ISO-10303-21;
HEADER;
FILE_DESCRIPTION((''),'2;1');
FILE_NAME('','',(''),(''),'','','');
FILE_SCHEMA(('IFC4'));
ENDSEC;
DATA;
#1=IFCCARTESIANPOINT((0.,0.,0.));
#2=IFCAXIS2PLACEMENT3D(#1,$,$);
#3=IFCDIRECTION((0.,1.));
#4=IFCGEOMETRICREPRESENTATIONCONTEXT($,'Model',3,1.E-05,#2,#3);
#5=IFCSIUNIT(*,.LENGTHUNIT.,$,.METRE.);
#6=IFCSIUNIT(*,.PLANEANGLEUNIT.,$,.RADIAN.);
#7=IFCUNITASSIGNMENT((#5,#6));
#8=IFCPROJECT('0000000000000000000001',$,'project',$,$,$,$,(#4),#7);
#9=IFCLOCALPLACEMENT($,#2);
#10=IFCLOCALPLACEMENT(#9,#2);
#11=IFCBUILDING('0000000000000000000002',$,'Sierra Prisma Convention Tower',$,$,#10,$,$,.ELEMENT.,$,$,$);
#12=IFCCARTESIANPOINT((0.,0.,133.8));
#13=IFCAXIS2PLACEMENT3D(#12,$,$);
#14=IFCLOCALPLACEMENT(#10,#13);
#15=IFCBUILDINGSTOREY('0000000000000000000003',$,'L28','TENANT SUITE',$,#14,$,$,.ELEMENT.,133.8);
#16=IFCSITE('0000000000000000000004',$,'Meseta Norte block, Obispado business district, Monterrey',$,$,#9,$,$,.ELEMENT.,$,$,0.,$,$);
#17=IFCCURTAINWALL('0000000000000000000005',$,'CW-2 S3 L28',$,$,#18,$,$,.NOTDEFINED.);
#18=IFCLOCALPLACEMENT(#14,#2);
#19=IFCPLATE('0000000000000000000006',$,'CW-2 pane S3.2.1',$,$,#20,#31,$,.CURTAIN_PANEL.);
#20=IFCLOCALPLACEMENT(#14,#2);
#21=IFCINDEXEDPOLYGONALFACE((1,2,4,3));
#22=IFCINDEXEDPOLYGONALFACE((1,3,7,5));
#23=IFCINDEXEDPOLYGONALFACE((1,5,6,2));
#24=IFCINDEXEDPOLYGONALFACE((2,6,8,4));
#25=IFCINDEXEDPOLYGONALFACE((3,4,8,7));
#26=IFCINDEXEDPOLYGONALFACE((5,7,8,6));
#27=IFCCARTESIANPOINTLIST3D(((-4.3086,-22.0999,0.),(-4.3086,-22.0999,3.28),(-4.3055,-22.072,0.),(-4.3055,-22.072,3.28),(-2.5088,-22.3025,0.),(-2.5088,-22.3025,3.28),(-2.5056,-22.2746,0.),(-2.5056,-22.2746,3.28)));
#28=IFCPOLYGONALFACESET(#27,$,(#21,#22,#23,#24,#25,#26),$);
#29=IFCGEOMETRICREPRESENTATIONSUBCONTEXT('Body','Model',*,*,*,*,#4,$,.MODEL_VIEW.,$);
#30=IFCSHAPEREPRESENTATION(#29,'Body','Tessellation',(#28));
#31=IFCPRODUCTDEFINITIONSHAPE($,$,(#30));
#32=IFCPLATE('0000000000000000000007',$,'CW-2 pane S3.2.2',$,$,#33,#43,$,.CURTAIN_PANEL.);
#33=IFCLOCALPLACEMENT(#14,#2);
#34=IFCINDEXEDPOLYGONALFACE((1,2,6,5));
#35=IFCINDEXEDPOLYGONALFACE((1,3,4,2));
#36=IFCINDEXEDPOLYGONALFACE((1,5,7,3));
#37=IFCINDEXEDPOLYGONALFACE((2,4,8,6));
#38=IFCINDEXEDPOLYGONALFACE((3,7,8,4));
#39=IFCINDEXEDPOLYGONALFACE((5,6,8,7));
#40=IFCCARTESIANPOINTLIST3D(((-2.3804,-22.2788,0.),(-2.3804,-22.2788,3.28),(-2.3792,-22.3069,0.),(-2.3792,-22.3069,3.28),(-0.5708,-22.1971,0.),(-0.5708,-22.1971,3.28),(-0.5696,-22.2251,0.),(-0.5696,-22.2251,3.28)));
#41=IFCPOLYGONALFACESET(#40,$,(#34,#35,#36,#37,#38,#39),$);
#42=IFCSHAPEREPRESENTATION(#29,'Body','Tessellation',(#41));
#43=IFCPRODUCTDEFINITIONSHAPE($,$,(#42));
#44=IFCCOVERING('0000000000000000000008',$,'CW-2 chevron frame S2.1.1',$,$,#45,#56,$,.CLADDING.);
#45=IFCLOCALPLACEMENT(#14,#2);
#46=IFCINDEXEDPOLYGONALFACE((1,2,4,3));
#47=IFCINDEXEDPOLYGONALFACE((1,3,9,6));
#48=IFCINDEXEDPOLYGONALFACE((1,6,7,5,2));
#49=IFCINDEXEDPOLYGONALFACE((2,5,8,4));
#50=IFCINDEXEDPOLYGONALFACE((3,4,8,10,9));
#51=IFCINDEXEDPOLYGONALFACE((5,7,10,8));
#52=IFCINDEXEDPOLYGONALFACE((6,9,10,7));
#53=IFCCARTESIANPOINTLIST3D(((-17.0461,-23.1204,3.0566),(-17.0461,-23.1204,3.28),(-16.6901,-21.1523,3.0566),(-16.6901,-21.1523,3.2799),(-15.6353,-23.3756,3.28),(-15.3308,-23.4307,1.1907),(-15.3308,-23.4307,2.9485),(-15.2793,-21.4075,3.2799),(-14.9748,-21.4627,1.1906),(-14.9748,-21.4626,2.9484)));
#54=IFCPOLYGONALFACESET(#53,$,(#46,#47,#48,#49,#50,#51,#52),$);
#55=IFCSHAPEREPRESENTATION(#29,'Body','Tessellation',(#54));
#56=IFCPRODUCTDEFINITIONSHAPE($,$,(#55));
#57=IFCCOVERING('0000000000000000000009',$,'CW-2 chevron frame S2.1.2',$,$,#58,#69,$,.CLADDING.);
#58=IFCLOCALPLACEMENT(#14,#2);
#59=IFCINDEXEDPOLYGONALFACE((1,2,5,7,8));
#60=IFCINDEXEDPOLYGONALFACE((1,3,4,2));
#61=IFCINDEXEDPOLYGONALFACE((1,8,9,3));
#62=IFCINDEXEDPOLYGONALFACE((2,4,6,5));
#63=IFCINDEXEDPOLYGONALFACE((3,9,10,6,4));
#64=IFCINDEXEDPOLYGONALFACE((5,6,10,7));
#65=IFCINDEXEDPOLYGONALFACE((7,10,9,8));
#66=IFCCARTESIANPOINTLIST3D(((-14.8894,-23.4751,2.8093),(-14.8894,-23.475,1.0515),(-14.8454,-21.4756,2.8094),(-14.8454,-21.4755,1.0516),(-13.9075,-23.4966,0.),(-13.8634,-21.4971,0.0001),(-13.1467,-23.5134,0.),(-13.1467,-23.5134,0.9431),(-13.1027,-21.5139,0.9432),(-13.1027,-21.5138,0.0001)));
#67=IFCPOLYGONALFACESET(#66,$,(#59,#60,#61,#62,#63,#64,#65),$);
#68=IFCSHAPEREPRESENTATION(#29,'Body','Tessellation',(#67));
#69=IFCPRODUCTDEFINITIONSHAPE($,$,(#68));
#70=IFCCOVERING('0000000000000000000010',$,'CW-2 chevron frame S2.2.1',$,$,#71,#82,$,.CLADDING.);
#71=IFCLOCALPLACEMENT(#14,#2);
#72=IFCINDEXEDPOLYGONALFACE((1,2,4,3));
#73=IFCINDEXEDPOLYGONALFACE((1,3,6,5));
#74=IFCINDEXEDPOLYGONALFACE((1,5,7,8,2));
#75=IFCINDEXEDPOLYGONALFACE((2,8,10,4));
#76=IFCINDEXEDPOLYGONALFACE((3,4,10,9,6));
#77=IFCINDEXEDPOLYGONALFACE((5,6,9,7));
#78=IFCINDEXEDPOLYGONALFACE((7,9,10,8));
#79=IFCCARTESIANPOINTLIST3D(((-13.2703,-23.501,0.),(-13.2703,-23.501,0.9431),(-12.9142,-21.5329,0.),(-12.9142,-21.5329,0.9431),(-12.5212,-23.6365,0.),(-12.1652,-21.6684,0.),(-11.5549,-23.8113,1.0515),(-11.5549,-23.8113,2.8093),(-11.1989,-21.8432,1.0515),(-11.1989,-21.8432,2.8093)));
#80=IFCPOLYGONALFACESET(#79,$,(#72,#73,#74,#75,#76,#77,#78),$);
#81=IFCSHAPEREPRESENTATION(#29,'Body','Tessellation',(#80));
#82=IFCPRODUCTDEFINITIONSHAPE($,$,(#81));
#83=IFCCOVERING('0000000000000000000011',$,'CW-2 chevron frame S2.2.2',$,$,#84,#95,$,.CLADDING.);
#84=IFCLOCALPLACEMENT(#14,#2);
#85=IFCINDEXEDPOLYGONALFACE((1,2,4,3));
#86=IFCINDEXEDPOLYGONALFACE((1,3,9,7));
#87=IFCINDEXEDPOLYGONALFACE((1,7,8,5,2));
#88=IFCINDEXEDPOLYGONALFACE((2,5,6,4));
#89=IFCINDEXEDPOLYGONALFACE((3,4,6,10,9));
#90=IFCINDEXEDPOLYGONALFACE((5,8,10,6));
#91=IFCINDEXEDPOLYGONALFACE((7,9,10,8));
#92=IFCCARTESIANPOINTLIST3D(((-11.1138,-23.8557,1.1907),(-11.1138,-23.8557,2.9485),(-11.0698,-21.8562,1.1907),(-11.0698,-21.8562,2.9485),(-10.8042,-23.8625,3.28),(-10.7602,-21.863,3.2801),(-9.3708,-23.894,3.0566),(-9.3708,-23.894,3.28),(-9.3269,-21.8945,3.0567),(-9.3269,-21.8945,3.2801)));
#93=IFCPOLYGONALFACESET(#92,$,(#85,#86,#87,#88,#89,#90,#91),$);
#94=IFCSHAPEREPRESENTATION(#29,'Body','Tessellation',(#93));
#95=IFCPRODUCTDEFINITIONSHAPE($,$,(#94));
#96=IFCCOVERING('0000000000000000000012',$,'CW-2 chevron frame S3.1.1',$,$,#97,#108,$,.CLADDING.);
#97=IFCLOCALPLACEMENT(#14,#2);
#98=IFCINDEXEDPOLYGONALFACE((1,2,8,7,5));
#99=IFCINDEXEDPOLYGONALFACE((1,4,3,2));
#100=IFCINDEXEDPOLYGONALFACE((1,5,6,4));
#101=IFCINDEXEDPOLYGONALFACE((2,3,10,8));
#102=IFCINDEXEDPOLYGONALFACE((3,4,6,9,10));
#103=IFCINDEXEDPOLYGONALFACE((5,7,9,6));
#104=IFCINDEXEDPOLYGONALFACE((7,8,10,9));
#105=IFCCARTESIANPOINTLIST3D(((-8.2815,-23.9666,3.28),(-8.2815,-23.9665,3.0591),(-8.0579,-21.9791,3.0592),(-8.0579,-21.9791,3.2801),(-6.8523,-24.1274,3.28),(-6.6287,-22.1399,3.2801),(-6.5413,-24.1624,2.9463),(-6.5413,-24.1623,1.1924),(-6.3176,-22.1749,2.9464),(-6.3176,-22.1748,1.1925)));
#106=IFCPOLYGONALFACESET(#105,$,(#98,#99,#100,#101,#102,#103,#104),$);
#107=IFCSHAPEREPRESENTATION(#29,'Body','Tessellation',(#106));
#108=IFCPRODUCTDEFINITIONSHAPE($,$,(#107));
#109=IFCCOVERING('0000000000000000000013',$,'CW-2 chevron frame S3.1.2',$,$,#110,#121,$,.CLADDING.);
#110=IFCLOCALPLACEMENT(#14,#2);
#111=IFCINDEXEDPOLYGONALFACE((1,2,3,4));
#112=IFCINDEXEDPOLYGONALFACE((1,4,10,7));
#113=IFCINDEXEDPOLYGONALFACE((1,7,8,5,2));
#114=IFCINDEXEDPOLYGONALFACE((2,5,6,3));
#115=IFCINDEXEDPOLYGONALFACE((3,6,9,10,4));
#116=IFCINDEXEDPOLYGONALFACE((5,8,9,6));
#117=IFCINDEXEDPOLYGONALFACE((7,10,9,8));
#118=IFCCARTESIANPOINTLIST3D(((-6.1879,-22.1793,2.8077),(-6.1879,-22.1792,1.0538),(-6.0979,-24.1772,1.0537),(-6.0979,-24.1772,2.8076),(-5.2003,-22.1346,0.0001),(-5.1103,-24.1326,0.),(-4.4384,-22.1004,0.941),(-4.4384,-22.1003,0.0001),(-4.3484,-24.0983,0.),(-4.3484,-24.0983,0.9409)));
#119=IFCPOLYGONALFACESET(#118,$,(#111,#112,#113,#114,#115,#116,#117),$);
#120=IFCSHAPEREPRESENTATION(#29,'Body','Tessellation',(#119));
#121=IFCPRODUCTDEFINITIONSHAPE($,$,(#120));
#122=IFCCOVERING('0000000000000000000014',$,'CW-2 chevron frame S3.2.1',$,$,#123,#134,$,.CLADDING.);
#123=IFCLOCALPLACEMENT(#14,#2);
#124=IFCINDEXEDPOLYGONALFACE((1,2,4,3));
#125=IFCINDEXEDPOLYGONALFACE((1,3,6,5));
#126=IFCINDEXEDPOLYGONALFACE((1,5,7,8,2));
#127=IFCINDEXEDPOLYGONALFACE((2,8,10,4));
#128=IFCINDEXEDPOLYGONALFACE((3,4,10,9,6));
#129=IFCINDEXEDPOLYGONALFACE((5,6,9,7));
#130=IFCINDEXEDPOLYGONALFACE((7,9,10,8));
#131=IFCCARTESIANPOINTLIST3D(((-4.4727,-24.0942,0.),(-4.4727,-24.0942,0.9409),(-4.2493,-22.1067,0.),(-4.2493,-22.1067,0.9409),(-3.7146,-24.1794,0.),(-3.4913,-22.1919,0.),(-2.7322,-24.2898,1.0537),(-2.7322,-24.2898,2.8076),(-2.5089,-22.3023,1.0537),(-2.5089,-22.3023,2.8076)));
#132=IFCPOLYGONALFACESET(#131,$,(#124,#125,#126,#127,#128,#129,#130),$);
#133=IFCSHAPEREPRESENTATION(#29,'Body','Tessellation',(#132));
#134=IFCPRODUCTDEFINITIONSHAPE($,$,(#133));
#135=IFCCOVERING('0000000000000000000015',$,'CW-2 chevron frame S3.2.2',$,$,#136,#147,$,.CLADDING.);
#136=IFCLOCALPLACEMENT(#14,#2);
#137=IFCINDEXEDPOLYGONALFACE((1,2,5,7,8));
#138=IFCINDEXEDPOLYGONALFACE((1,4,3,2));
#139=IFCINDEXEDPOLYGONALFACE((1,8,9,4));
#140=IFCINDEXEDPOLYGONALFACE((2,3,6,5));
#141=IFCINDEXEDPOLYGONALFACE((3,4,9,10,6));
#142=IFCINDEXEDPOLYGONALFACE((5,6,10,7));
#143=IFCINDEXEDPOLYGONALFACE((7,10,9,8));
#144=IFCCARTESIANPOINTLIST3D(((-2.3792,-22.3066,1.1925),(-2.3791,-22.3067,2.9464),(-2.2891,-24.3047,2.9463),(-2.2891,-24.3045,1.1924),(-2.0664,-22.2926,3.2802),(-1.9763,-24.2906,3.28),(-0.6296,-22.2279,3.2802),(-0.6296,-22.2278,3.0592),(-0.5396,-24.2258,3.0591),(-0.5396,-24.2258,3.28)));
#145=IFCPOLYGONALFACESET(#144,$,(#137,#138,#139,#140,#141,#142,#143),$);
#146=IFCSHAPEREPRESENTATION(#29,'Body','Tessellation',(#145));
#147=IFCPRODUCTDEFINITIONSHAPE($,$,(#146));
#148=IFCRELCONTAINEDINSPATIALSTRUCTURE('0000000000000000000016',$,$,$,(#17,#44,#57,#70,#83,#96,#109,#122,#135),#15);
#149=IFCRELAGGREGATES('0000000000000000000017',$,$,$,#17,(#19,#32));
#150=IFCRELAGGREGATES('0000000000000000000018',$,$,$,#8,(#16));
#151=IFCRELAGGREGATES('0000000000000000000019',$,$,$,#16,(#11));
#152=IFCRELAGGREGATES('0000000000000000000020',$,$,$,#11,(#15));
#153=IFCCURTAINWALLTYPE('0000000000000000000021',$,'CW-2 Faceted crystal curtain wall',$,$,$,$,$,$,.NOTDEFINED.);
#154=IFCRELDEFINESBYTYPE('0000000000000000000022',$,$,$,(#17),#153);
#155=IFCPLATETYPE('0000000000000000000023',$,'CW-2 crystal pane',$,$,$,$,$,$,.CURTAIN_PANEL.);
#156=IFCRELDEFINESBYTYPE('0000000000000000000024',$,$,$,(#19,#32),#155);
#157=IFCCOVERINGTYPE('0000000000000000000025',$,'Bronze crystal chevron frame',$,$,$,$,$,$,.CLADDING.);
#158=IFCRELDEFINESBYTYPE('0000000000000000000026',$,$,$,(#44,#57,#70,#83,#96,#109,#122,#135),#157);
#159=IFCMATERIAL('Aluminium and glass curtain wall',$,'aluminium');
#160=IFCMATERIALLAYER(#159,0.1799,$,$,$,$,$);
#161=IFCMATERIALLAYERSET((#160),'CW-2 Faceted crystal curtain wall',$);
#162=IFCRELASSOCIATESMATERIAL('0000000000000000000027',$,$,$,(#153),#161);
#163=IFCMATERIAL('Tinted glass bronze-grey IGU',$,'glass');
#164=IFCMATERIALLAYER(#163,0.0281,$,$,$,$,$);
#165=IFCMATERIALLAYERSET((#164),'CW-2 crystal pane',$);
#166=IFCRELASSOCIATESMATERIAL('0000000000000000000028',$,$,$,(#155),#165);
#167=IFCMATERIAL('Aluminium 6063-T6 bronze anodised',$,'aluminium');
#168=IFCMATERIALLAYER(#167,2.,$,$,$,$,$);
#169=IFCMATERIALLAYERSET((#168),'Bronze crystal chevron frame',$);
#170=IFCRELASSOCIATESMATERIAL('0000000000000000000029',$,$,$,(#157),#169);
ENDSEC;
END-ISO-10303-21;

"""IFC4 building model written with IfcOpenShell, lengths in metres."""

from ifc_helpers import new_model, si_unit, direction, frame, origin, place, context, subcontext, project, spatial, polyline, outline, extrude, material, layer, layer_set, type_object, element, aggregate, save


model = new_model("IFC4")

# Units and contexts
model_context = context("Model", 3, precision=1e-05, world=origin(), true_north=direction((0.0, 1.0)))
body_context = subcontext(model_context, "Body", "Model", "MODEL_VIEW")
ifc_project = project(units=[si_unit("LENGTHUNIT", "METRE"), si_unit("PLANEANGLEUNIT", "RADIAN")], contexts=[model_context])

# Site, building, storey
site_placement = place(None, origin())
site = spatial("IfcSite", under=ifc_project, at=site_placement, Name="Meseta Norte block, Obispado business district, Monterrey", CompositionType="ELEMENT", RefElevation=0.0)
building_placement = place(site_placement, origin())
building = spatial("IfcBuilding", under=site, at=building_placement, Name="Sierra Prisma Convention Tower", CompositionType="ELEMENT")
storey_placement = place(building_placement, frame((0.0, 0.0, 133.8)))
storey = spatial("IfcBuildingStorey", under=building, at=storey_placement, Name="L28", Description="TENANT SUITE", CompositionType="ELEMENT", Elevation=133.8)

# Curtain wall
ifc_material_1 = material(Name="Aluminium and glass curtain wall", Category="aluminium")
ifc_layer_1 = layer(ifc_material_1, 0.1799)
ifc_layer_set_1 = layer_set([ifc_layer_1], Name="CW-2 Faceted crystal curtain wall")
curtain_wall_type = type_object("IfcCurtainWallType", Name="CW-2 Faceted crystal curtain wall", PredefinedType="NOTDEFINED", material=ifc_layer_set_1)
curtain_wall_1_placement = place(storey_placement, origin())
curtain_wall_1 = element("IfcCurtainWall", 1, at=curtain_wall_1_placement, inside=storey, type_object=curtain_wall_type, Name="CW-2 S3 L28", PredefinedType="NOTDEFINED")

# Shared definitions
ifc_material_2 = material(Name="Tinted glass bronze-grey IGU", Category="glass")
ifc_layer_2 = layer(ifc_material_2, 0.0281)
ifc_layer_set_2 = layer_set([ifc_layer_2], Name="CW-2 crystal pane")
plate_type = type_object("IfcPlateType", Name="CW-2 crystal pane", PredefinedType="CURTAIN_PANEL", material=ifc_layer_set_2)

# Plates
plate_1_placement = place(storey_placement, frame((-4.3086, -22.0999, 0.0), z_axis=(-0.111881, -0.993722, 0.0), x_axis=(0.993722, -0.111881, 0.0)))
plate_1 = element("IfcPlate", 2, at=plate_1_placement, type_object=plate_type, Name="CW-2 pane S3.2.1", PredefinedType="CURTAIN_PANEL", context=body_context, shape_type="SweptSolid", body=[
    extrude(outline(polyline([(0.0, 0.0), (1.8112, 0.0), (1.8112, 3.28), (0.0, 3.28), (0.0, 0.0)])), origin(), (0.0, 0.0, -1.0), 0.0281),
])
plate_2_placement = place(storey_placement, frame((-0.5696, -22.2251, 0.0), z_axis=(0.045151, -0.99898, 0.0), x_axis=(-0.99898, -0.045151, 0.0)))
plate_2 = element("IfcPlate", 3, at=plate_2_placement, type_object=plate_type, Name="CW-2 pane S3.2.2", PredefinedType="CURTAIN_PANEL", context=body_context, shape_type="SweptSolid", body=[
    extrude(outline(polyline([(0.0, 0.0), (1.8114, 0.0), (1.8114, -3.28), (0.0, -3.28), (0.0, 0.0)])), origin(), (0.0, 0.0, -1.0), 0.0281),
])
aggregate(curtain_wall_1, [plate_1, plate_2])

# Coverings
ifc_material_3 = material(Name="Aluminium 6063-T6 bronze anodised", Category="aluminium")
ifc_layer_3 = layer(ifc_material_3, 2.0)
ifc_layer_set_3 = layer_set([ifc_layer_3], Name="Bronze crystal chevron frame")
covering_type = type_object("IfcCoveringType", Name="Bronze crystal chevron frame", PredefinedType="CLADDING", material=ifc_layer_set_3)
covering_1_placement = place(storey_placement, frame((-17.0461, -23.1204, 3.28), z_axis=(-0.178002, -0.98403, 0.000045), x_axis=(-0.000008, -0.000044, -1.0)))
element("IfcCovering", 4, at=covering_1_placement, inside=storey, type_object=covering_type, Name="CW-2 chevron frame S2.1.1", PredefinedType="CLADDING", context=body_context, shape_type="SweptSolid", body=[
    extrude(outline(polyline([(0.0, 0.0), (0.2234, 0.0), (2.0894, 1.7432), (0.3315, 1.7432), (0.0, 1.4338), (0.0, 0.0)])), origin(), (0.0, 0.0, -1.0), 2.0),
])
covering_2_placement = place(storey_placement, frame((-14.8894, -23.4751, 2.8093), z_axis=(-0.022011, -0.999758, -0.000036), x_axis=(0.000001, 0.000036, -1.0)))
element("IfcCovering", 5, at=covering_2_placement, inside=storey, type_object=covering_type, Name="CW-2 chevron frame S2.1.2", PredefinedType="CLADDING", context=body_context, shape_type="SweptSolid", body=[
    extrude(outline(polyline([(0.0, 0.0), (1.7578, 0.0), (2.8093, 0.9822), (2.8093, 1.7431), (1.8662, 1.7431), (0.0, 0.0)])), origin(), (0.0, 0.0, -1.0), 2.0),
])
covering_3_placement = place(storey_placement, frame((-12.5212, -23.6365, 0.0), z_axis=(-0.17801, -0.984029, 0.0), x_axis=(0.671633, -0.121498, 0.730854)))
element("IfcCovering", 6, at=covering_3_placement, inside=storey, type_object=covering_type, Name="CW-2 chevron frame S2.2.1", PredefinedType="CLADDING", context=body_context, shape_type="SweptSolid", body=[
    extrude(outline(polyline([(0.0, 0.0), (1.4387, 0.0), (2.7235, 1.1998), (0.1697, 1.2), (-0.5195, 0.5563), (0.0, 0.0)])), origin(), (0.0, 0.0, -1.0), 2.0),
])
covering_4_placement = place(storey_placement, frame((-9.3708, -23.894, 3.28), z_axis=(-0.021984, -0.999758, -0.000012), x_axis=(-0.999758, 0.021984, 0.0)))
element("IfcCovering", 7, at=covering_4_placement, inside=storey, type_object=covering_type, Name="CW-2 chevron frame S2.2.2", PredefinedType="CLADDING", context=body_context, shape_type="SweptSolid", body=[
    extrude(outline(polyline([(0.0, 0.0), (1.4337, 0.0), (1.7433, 0.3315), (1.7433, 2.0894), (0.0, 0.2234), (0.0, 0.0)])), origin(), (0.0, 0.0, -1.0), 2.0),
])
covering_5_placement = place(storey_placement, frame((-8.2815, -23.9666, 3.28), z_axis=(-0.111816, -0.993729, -0.000037), x_axis=(0.000004, 0.000037, -1.0)))
element("IfcCovering", 8, at=covering_5_placement, inside=storey, type_object=covering_type, Name="CW-2 chevron frame S3.1.1", PredefinedType="CLADDING", context=body_context, shape_type="SweptSolid", body=[
    extrude(outline(polyline([(0.0, 0.0), (0.2209, 0.0), (2.0876, 1.7512), (0.3337, 1.7512), (0.0, 1.4382), (0.0, 0.0)])), origin(), (0.0, 0.0, -1.0), 2.0),
])
covering_6_placement = place(storey_placement, frame((-6.0979, -24.1772, 2.8076), z_axis=(0.044997, -0.998987, -0.000052), x_axis=(-0.000002, 0.000052, -1.0)))
element("IfcCovering", 9, at=covering_6_placement, inside=storey, type_object=covering_type, Name="CW-2 chevron frame S3.1.2", PredefinedType="CLADDING", context=body_context, shape_type="SweptSolid", body=[
    extrude(outline(polyline([(0.0, 0.0), (1.7539, 0.0), (2.8076, 0.9886), (2.8076, 1.7513), (1.8667, 1.7513), (0.0, 0.0)])), origin(), (0.0, 0.0, -1.0), 2.0),
])
covering_7_placement = place(storey_placement, frame((-4.4727, -24.0942, 0.0), z_axis=(-0.111661, -0.993746, 0.00001), x_axis=(0.993746, -0.111661, 0.0)))
element("IfcCovering", 10, at=covering_7_placement, inside=storey, type_object=covering_type, Name="CW-2 chevron frame S3.2.1", PredefinedType="CLADDING", context=body_context, shape_type="SweptSolid", body=[
    extrude(outline(polyline([(0.0, 0.0), (0.7628, 0.0), (1.7514, 1.0537), (1.7514, 2.8076), (0.0, 0.9409), (0.0, 0.0)])), origin(), (0.0, 0.0, -1.0), 2.0),
])
covering_8_placement = place(storey_placement, frame((-0.5396, -24.2258, 3.28), z_axis=(0.045044, -0.998985, -0.00008), x_axis=(-0.998985, -0.045044, 0.0)))
element("IfcCovering", 11, at=covering_8_placement, inside=storey, type_object=covering_type, Name="CW-2 chevron frame S3.2.2", PredefinedType="CLADDING", context=body_context, shape_type="SweptSolid", body=[
    extrude(outline(polyline([(0.0, 0.0), (1.4382, 0.0), (1.7513, 0.3337), (1.7513, 2.0876), (0.0, 0.2209), (0.0, 0.0)])), origin(), (0.0, 0.0, -1.0), 2.0),
])

save(model, "model.ifc")
